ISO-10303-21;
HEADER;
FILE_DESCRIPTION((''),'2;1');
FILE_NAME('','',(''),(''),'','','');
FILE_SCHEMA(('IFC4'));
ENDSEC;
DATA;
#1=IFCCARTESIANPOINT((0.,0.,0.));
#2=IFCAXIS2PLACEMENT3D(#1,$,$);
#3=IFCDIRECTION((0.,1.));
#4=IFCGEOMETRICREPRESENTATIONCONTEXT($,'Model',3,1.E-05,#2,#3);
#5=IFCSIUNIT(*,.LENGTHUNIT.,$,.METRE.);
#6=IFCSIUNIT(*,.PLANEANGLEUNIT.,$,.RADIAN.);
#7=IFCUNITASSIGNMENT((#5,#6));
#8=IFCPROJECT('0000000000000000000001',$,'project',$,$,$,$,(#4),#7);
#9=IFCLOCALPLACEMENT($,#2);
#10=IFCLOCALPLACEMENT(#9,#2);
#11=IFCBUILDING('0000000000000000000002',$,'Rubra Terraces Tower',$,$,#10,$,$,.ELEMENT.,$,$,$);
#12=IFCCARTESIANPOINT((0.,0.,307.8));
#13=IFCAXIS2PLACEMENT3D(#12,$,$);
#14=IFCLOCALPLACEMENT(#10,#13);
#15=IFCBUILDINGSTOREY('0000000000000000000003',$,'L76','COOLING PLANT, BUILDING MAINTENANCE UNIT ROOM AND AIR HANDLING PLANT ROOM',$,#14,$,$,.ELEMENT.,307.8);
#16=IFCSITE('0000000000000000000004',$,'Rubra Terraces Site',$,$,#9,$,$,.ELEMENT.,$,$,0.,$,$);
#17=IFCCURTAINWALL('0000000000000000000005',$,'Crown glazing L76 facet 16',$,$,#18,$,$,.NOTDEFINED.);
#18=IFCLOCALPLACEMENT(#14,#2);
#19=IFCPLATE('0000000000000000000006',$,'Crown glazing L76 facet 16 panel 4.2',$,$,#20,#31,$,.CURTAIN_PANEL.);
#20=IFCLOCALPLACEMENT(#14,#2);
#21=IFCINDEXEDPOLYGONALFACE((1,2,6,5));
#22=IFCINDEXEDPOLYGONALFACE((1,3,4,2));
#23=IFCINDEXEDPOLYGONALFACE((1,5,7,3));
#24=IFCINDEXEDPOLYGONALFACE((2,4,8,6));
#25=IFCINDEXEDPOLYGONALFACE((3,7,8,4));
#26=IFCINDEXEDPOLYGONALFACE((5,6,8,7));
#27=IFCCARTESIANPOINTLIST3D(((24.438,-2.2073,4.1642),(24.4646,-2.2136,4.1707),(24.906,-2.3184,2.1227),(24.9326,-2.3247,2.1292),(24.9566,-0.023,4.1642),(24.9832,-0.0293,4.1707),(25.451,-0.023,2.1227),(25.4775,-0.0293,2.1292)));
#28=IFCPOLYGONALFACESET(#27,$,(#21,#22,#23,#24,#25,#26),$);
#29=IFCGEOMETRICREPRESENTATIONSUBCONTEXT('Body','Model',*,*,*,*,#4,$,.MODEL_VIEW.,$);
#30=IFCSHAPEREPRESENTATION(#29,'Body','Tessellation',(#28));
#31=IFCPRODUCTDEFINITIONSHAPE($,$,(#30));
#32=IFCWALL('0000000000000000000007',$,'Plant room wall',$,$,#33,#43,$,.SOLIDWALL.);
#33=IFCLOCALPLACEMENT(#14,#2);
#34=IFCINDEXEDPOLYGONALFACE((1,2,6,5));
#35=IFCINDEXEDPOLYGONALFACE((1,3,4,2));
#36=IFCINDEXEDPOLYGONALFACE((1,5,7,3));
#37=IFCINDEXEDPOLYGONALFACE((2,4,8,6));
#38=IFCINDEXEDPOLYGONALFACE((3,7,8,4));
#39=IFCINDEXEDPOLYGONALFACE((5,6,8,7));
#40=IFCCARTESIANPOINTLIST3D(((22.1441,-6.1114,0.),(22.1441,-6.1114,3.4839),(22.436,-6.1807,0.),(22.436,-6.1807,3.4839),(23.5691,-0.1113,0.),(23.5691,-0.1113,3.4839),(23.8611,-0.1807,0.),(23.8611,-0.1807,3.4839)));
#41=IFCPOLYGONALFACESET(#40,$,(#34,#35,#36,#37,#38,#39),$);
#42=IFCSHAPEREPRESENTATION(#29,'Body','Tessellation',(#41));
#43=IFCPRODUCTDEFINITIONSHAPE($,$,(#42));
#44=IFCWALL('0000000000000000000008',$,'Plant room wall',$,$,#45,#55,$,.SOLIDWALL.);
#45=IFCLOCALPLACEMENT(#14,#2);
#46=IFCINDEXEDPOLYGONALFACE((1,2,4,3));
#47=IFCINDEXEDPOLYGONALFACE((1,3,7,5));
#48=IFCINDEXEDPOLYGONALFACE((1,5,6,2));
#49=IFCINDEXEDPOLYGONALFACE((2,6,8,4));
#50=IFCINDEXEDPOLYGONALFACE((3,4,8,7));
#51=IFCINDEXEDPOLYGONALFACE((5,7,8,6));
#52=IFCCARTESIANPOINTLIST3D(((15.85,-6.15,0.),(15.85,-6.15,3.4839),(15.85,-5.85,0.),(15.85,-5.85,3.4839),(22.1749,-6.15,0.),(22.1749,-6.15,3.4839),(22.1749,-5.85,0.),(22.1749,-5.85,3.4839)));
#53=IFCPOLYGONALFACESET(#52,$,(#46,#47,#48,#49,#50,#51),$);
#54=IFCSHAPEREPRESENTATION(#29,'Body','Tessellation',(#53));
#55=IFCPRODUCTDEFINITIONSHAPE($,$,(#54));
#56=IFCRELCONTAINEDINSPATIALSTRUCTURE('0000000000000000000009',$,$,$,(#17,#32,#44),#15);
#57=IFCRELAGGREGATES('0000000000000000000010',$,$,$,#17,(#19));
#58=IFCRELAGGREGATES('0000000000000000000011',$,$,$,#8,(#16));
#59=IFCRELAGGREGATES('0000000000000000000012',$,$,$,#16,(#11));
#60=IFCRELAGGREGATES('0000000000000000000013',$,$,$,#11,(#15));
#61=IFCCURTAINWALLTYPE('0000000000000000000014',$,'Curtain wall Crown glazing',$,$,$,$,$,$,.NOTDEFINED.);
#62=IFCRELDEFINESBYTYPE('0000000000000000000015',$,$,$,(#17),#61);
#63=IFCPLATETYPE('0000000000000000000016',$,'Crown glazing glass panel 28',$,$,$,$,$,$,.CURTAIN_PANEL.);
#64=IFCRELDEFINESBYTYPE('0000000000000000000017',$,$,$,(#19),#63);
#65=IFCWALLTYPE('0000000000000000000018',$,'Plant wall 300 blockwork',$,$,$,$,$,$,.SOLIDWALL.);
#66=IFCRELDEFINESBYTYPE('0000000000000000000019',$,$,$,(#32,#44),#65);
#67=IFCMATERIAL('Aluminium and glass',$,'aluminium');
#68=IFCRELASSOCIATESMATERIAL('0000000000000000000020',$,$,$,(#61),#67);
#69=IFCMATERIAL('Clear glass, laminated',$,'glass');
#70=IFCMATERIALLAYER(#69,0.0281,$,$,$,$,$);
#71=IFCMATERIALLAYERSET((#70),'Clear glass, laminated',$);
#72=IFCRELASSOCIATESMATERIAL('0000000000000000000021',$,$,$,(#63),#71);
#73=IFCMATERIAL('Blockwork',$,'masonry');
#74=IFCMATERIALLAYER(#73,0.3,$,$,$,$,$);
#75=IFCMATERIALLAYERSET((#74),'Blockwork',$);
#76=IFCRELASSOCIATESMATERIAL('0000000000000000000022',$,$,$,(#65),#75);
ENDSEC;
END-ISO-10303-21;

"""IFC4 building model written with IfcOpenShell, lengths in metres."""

from ifc_helpers import new_model, si_unit, direction, frame, frame_2d, origin, place, context, subcontext, project, spatial, polyline, rectangle, outline, extrude, material, layer, layer_set, type_object, element, aggregate, save


model = new_model("IFC4")

# Units and contexts
model_context = context("Model", 3, precision=1e-05, world=origin(), true_north=direction((0.0, 1.0)))
body_context = subcontext(model_context, "Body", "Model", "MODEL_VIEW")
ifc_project = project(units=[si_unit("LENGTHUNIT", "METRE"), si_unit("PLANEANGLEUNIT", "RADIAN")], contexts=[model_context])

# Site, building, storey
site_placement = place(None, origin())
site = spatial("IfcSite", under=ifc_project, at=site_placement, Name="Rubra Terraces Site", CompositionType="ELEMENT", RefElevation=0.0)
building_placement = place(site_placement, origin())
building = spatial("IfcBuilding", under=site, at=building_placement, Name="Rubra Terraces Tower", CompositionType="ELEMENT")
storey_placement = place(building_placement, frame((0.0, 0.0, 307.8)))
storey = spatial("IfcBuildingStorey", under=building, at=storey_placement, Name="L76", Description="COOLING PLANT, BUILDING MAINTENANCE UNIT ROOM AND AIR HANDLING PLANT ROOM", CompositionType="ELEMENT", Elevation=307.8)

# Curtain wall
ifc_material_1 = material(Name="Aluminium and glass", Category="aluminium")
curtain_wall_type = type_object("IfcCurtainWallType", Name="Curtain wall Crown glazing", PredefinedType="NOTDEFINED", material=ifc_material_1)
curtain_wall_1_placement = place(storey_placement, origin())
curtain_wall_1 = element("IfcCurtainWall", 1, at=curtain_wall_1_placement, inside=storey, type_object=curtain_wall_type, Name="Crown glazing L76 facet 16", PredefinedType="NOTDEFINED")

# Plate
ifc_material_2 = material(Name="Clear glass, laminated", Category="glass")
ifc_layer_1 = layer(ifc_material_2, 0.0281)
ifc_layer_set_1 = layer_set([ifc_layer_1], Name="Clear glass, laminated")
plate_type = type_object("IfcPlateType", Name="Crown glazing glass panel 28", PredefinedType="CURTAIN_PANEL", material=ifc_layer_set_1)
plate_1_placement = place(storey_placement, frame((24.9326, -2.3247, 2.1292), z_axis=(0.947026, -0.224821, 0.229339), x_axis=(0.230978, 0.972959, 0.0)))
plate_1 = element("IfcPlate", 2, at=plate_1_placement, type_object=plate_type, Name="Crown glazing L76 facet 16 panel 4.2", PredefinedType="CURTAIN_PANEL", context=body_context, shape_type="SweptSolid", body=[
    extrude(outline(polyline([(0.0, 0.0), (2.3592, 0.0), (2.245, 2.0974), (0.0, 2.0974), (0.0, 0.0)])), origin(), (0.0, 0.0, -1.0), 0.0281),
])
aggregate(curtain_wall_1, [plate_1])

# Walls
ifc_material_3 = material(Name="Blockwork", Category="masonry")
ifc_layer_2 = layer(ifc_material_3, 0.3)
ifc_layer_set_2 = layer_set([ifc_layer_2], Name="Blockwork")
wall_type = type_object("IfcWallType", Name="Plant wall 300 blockwork", PredefinedType="SOLIDWALL", material=ifc_layer_set_2)
wall_1_placement = place(storey_placement, frame((23.7151, -0.146, 0.0), z_axis=(0.0, 0.0, 1.0), x_axis=(-0.23108, -0.972935, 0.0)))
element("IfcWall", 3, at=wall_1_placement, inside=storey, type_object=wall_type, Name="Plant room wall", PredefinedType="SOLIDWALL", context=body_context, shape_type="SweptSolid", body=[
    extrude(rectangle(XDim=6.167, YDim=0.3, at=frame_2d((3.0835, 0.0))), origin(), (0.0, 0.0, 1.0), 3.4839),
])
wall_2_placement = place(storey_placement, frame((22.175, -6.0, 0.0), z_axis=(0.0, 0.0, 1.0), x_axis=(-1.0, 0.0, 0.0)))
element("IfcWall", 4, at=wall_2_placement, inside=storey, type_object=wall_type, Name="Plant room wall", PredefinedType="SOLIDWALL", context=body_context, shape_type="SweptSolid", body=[
    extrude(rectangle(XDim=6.325, YDim=0.3, at=frame_2d((3.1626, 0.0))), origin(), (0.0, 0.0, 1.0), 3.4839),
])

save(model, "model.ifc")
